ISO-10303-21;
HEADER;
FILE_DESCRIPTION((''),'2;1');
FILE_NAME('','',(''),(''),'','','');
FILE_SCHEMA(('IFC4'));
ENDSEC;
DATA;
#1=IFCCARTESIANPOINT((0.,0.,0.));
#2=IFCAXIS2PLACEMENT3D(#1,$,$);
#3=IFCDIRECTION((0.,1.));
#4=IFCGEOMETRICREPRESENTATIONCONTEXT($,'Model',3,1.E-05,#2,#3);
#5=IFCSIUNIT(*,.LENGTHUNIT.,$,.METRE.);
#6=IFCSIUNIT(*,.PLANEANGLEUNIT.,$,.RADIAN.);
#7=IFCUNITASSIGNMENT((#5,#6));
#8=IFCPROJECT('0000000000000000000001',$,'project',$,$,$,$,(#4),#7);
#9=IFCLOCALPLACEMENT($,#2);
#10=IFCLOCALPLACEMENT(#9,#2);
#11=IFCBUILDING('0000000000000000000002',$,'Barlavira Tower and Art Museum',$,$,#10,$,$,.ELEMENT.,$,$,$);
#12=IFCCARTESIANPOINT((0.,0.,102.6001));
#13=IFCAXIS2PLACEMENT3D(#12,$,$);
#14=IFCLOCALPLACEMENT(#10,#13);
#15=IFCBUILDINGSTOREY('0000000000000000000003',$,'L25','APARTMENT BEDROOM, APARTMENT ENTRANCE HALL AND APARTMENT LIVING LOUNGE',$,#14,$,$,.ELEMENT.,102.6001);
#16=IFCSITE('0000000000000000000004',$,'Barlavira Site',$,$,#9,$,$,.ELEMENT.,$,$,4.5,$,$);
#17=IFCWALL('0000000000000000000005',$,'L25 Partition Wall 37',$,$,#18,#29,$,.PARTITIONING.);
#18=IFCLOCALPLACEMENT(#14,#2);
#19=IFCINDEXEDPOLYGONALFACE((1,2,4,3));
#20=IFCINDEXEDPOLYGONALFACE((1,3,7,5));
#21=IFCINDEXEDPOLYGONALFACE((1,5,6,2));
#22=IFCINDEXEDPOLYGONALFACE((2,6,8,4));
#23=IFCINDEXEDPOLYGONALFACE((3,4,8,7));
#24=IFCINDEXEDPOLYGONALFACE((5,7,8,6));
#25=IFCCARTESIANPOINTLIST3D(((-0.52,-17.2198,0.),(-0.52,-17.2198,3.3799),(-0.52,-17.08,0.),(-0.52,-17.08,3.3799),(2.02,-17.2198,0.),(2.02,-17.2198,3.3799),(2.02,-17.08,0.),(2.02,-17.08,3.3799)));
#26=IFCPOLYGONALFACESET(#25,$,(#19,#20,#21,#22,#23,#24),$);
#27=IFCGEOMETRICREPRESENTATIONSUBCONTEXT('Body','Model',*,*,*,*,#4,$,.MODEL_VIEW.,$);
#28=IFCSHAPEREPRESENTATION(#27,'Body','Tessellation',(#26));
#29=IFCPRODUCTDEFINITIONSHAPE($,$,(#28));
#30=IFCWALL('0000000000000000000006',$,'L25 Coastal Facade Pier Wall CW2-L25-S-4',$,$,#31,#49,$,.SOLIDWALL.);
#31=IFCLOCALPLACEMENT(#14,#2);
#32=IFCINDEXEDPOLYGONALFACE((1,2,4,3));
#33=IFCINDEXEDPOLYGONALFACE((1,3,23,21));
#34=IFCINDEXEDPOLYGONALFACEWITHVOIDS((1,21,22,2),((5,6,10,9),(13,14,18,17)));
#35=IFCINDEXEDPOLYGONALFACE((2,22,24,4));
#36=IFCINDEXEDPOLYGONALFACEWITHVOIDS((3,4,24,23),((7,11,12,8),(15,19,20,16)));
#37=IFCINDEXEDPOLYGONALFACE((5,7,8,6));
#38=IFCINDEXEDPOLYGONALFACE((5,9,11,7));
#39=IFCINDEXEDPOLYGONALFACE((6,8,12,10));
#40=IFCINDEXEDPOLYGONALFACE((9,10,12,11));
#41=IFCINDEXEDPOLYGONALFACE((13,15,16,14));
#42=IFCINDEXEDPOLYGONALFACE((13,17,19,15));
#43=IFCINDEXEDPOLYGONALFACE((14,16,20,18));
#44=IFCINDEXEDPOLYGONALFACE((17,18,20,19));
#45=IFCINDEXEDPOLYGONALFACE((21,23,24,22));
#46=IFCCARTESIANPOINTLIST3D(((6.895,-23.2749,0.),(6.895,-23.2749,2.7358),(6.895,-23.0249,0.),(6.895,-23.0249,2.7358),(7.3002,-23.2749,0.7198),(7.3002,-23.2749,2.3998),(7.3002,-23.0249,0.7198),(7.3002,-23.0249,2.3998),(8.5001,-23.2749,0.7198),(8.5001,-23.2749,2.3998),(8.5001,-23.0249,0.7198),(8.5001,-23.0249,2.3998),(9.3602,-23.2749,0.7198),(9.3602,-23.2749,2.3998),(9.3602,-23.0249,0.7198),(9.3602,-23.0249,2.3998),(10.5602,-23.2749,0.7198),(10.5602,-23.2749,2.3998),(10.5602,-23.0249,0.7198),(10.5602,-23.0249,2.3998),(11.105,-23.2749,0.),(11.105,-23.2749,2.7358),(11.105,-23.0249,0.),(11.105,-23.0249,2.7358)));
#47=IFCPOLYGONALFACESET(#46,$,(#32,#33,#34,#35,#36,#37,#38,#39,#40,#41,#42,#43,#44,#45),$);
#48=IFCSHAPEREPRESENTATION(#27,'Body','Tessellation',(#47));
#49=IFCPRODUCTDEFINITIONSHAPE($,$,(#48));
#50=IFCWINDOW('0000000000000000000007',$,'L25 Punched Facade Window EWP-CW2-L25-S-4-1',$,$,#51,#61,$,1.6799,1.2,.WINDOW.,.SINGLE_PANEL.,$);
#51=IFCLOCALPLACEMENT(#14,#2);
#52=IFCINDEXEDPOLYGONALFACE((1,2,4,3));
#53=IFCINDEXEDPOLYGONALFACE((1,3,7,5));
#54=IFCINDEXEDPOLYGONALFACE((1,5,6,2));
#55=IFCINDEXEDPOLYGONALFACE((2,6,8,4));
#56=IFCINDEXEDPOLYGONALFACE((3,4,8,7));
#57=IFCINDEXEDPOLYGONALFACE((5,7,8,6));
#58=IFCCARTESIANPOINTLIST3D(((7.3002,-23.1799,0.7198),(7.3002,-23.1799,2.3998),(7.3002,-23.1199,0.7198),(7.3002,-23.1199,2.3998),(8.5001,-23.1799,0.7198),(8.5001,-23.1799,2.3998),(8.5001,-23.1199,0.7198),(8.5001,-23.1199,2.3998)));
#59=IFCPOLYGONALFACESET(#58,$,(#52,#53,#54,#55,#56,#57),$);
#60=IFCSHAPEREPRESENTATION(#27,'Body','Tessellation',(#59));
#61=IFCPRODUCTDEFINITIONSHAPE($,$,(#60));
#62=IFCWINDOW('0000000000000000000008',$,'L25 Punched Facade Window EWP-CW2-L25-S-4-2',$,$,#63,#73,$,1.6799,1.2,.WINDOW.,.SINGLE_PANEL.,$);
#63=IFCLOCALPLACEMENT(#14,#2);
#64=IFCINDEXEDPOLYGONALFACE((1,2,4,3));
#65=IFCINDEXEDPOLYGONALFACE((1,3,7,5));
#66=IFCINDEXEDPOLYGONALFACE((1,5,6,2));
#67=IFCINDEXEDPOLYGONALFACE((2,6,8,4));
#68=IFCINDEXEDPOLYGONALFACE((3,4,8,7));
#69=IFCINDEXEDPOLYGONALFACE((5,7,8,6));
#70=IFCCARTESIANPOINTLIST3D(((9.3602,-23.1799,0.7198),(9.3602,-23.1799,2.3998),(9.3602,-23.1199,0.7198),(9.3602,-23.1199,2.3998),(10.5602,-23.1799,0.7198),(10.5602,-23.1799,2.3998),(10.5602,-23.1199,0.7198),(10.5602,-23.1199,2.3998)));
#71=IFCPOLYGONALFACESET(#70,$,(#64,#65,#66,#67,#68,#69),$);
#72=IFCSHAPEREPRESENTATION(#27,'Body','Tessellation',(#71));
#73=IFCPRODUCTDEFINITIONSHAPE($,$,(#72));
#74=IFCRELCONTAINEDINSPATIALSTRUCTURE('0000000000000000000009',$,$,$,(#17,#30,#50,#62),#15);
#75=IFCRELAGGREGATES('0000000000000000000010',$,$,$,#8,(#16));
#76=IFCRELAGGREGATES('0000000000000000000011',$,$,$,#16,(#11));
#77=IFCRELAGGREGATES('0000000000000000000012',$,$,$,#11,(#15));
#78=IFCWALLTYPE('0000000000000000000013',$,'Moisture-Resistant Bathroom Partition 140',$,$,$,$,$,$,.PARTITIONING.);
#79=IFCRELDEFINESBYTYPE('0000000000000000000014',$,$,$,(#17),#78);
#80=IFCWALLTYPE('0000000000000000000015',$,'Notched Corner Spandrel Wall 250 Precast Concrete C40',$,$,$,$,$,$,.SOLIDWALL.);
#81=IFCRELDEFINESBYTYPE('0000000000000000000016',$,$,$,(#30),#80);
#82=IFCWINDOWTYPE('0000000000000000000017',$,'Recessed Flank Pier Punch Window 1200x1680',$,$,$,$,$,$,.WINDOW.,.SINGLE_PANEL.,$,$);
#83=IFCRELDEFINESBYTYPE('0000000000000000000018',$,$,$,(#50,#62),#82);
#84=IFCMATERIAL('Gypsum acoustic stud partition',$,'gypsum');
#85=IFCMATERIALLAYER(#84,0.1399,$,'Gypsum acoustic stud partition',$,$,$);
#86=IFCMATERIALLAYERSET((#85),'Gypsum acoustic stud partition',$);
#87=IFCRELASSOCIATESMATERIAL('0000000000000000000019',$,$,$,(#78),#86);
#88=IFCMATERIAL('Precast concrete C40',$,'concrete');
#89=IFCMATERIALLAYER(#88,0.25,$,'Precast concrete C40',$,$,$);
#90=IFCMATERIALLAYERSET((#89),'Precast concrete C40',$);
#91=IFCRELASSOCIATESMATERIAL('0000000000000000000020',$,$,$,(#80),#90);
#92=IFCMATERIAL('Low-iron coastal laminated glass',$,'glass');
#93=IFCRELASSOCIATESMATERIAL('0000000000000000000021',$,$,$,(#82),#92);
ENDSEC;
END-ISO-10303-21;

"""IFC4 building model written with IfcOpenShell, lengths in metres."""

from ifc_helpers import new_model, si_unit, direction, frame, frame_2d, origin, place, context, subcontext, project, spatial, rectangle, extrude, material, layer, layer_set, type_object, element, fill, save


model = new_model("IFC4")

# Units and contexts
model_context = context("Model", 3, precision=1e-05, world=origin(), true_north=direction((0.0, 1.0)))
body_context = subcontext(model_context, "Body", "Model", "MODEL_VIEW")
ifc_project = project(units=[si_unit("LENGTHUNIT", "METRE"), si_unit("PLANEANGLEUNIT", "RADIAN")], contexts=[model_context])

# Site, building, storey
site_placement = place(None, origin())
site = spatial("IfcSite", under=ifc_project, at=site_placement, Name="Barlavira Site", CompositionType="ELEMENT", RefElevation=4.5)
building_placement = place(site_placement, origin())
building = spatial("IfcBuilding", under=site, at=building_placement, Name="Barlavira Tower and Art Museum", CompositionType="ELEMENT")
storey_placement = place(building_placement, frame((0.0, 0.0, 102.6001)))
storey = spatial("IfcBuildingStorey", under=building, at=storey_placement, Name="L25", Description="APARTMENT BEDROOM, APARTMENT ENTRANCE HALL AND APARTMENT LIVING LOUNGE", CompositionType="ELEMENT", Elevation=102.6001)

# Shared definitions
ifc_material_1 = material(Name="Low-iron coastal laminated glass", Category="glass")

# Shared definitions
ifc_material_2 = material(Name="Gypsum acoustic stud partition", Category="gypsum")

# Wall
ifc_layer_1 = layer(ifc_material_2, 0.1399, Name="Gypsum acoustic stud partition")
ifc_layer_set_1 = layer_set([ifc_layer_1], Name="Gypsum acoustic stud partition")
wall_type_1 = type_object("IfcWallType", Name="Moisture-Resistant Bathroom Partition 140", PredefinedType="PARTITIONING", material=ifc_layer_set_1)
wall_1_placement = place(storey_placement, frame((-0.52, -17.1499, 0.0), z_axis=(0.0, 0.0, 1.0), x_axis=(1.0, 0.0, 0.0)))
element("IfcWall", 1, at=wall_1_placement, inside=storey, type_object=wall_type_1, Name="L25 Partition Wall 37", PredefinedType="PARTITIONING", context=body_context, shape_type="SweptSolid", body=[
    extrude(rectangle(XDim=2.54, YDim=0.1399, at=frame_2d((1.27, 0.0))), origin(), (0.0, 0.0, 1.0), 3.3799),
])

# Wall, openings, windows
ifc_material_3 = material(Name="Precast concrete C40", Category="concrete")
ifc_layer_2 = layer(ifc_material_3, 0.25, Name="Precast concrete C40")
ifc_layer_set_2 = layer_set([ifc_layer_2], Name="Precast concrete C40")
wall_type_2 = type_object("IfcWallType", Name="Notched Corner Spandrel Wall 250 Precast Concrete C40", PredefinedType="SOLIDWALL", material=ifc_layer_set_2)
wall_2_placement = place(storey_placement, frame((6.895, -23.1499, 0.0), z_axis=(0.0, 0.0, 1.0), x_axis=(1.0, 0.0, 0.0)))
wall_2 = element("IfcWall", 2, at=wall_2_placement, inside=storey, type_object=wall_type_2, Name="L25 Coastal Facade Pier Wall CW2-L25-S-4", PredefinedType="SOLIDWALL", context=body_context, shape_type="SweptSolid", body=[
    extrude(rectangle(XDim=4.21, YDim=0.25, at=frame_2d((2.105, 0.0))), origin(), (0.0, 0.0, 1.0), 2.7358),
])
opening_1_placement = place(wall_2_placement, frame((0.405, 0.0, 0.72)))
opening_1 = element("IfcOpeningElement", 3, at=opening_1_placement, cuts=wall_2, PredefinedType="OPENING", context=body_context, shape_type="SweptSolid", body=[
    extrude(rectangle(XDim=1.2, YDim=1.6799, at=frame_2d((0.6001, 0.8398))), frame((0.0, 0.135, 0.0), z_axis=(0.0, -1.0, 0.0), x_axis=(1.0, 0.0, 0.0)), (0.0, 0.0, 1.0), 0.27),
])
opening_2_placement = place(wall_2_placement, frame((2.4651, 0.0, 0.72)))
opening_2 = element("IfcOpeningElement", 4, at=opening_2_placement, cuts=wall_2, PredefinedType="OPENING", context=body_context, shape_type="SweptSolid", body=[
    extrude(rectangle(XDim=1.2, YDim=1.6799, at=frame_2d((0.6001, 0.8398))), frame((0.0, 0.135, 0.0), z_axis=(0.0, -1.0, 0.0), x_axis=(1.0, 0.0, 0.0)), (0.0, 0.0, 1.0), 0.27),
])
window_type = type_object("IfcWindowType", Name="Recessed Flank Pier Punch Window 1200x1680", PartitioningType="SINGLE_PANEL", PredefinedType="WINDOW", material=ifc_material_1)
window_1_placement = place(opening_1_placement, origin())
window_1 = element("IfcWindow", 5, at=window_1_placement, inside=storey, type_object=window_type, Name="L25 Punched Facade Window EWP-CW2-L25-S-4-1", OverallHeight=1.6799, OverallWidth=1.2, PartitioningType="SINGLE_PANEL", PredefinedType="WINDOW", context=body_context, shape_type="SweptSolid", body=[
    extrude(rectangle(XDim=1.2, YDim=1.6799, at=frame_2d((0.6001, 0.8398))), frame((0.0, 0.03, 0.0), z_axis=(0.0, -1.0, 0.0), x_axis=(1.0, 0.0, 0.0)), (0.0, 0.0, 1.0), 0.0601),
])
fill(opening_1, window_1)
window_2_placement = place(opening_2_placement, origin())
window_2 = element("IfcWindow", 6, at=window_2_placement, inside=storey, type_object=window_type, Name="L25 Punched Facade Window EWP-CW2-L25-S-4-2", OverallHeight=1.6799, OverallWidth=1.2, PartitioningType="SINGLE_PANEL", PredefinedType="WINDOW", context=body_context, shape_type="SweptSolid", body=[
    extrude(rectangle(XDim=1.2, YDim=1.6799, at=frame_2d((0.6001, 0.8398))), frame((0.0, 0.03, 0.0), z_axis=(0.0, -1.0, 0.0), x_axis=(1.0, 0.0, 0.0)), (0.0, 0.0, 1.0), 0.0601),
])
fill(opening_2, window_2)

save(model, "model.ifc")
